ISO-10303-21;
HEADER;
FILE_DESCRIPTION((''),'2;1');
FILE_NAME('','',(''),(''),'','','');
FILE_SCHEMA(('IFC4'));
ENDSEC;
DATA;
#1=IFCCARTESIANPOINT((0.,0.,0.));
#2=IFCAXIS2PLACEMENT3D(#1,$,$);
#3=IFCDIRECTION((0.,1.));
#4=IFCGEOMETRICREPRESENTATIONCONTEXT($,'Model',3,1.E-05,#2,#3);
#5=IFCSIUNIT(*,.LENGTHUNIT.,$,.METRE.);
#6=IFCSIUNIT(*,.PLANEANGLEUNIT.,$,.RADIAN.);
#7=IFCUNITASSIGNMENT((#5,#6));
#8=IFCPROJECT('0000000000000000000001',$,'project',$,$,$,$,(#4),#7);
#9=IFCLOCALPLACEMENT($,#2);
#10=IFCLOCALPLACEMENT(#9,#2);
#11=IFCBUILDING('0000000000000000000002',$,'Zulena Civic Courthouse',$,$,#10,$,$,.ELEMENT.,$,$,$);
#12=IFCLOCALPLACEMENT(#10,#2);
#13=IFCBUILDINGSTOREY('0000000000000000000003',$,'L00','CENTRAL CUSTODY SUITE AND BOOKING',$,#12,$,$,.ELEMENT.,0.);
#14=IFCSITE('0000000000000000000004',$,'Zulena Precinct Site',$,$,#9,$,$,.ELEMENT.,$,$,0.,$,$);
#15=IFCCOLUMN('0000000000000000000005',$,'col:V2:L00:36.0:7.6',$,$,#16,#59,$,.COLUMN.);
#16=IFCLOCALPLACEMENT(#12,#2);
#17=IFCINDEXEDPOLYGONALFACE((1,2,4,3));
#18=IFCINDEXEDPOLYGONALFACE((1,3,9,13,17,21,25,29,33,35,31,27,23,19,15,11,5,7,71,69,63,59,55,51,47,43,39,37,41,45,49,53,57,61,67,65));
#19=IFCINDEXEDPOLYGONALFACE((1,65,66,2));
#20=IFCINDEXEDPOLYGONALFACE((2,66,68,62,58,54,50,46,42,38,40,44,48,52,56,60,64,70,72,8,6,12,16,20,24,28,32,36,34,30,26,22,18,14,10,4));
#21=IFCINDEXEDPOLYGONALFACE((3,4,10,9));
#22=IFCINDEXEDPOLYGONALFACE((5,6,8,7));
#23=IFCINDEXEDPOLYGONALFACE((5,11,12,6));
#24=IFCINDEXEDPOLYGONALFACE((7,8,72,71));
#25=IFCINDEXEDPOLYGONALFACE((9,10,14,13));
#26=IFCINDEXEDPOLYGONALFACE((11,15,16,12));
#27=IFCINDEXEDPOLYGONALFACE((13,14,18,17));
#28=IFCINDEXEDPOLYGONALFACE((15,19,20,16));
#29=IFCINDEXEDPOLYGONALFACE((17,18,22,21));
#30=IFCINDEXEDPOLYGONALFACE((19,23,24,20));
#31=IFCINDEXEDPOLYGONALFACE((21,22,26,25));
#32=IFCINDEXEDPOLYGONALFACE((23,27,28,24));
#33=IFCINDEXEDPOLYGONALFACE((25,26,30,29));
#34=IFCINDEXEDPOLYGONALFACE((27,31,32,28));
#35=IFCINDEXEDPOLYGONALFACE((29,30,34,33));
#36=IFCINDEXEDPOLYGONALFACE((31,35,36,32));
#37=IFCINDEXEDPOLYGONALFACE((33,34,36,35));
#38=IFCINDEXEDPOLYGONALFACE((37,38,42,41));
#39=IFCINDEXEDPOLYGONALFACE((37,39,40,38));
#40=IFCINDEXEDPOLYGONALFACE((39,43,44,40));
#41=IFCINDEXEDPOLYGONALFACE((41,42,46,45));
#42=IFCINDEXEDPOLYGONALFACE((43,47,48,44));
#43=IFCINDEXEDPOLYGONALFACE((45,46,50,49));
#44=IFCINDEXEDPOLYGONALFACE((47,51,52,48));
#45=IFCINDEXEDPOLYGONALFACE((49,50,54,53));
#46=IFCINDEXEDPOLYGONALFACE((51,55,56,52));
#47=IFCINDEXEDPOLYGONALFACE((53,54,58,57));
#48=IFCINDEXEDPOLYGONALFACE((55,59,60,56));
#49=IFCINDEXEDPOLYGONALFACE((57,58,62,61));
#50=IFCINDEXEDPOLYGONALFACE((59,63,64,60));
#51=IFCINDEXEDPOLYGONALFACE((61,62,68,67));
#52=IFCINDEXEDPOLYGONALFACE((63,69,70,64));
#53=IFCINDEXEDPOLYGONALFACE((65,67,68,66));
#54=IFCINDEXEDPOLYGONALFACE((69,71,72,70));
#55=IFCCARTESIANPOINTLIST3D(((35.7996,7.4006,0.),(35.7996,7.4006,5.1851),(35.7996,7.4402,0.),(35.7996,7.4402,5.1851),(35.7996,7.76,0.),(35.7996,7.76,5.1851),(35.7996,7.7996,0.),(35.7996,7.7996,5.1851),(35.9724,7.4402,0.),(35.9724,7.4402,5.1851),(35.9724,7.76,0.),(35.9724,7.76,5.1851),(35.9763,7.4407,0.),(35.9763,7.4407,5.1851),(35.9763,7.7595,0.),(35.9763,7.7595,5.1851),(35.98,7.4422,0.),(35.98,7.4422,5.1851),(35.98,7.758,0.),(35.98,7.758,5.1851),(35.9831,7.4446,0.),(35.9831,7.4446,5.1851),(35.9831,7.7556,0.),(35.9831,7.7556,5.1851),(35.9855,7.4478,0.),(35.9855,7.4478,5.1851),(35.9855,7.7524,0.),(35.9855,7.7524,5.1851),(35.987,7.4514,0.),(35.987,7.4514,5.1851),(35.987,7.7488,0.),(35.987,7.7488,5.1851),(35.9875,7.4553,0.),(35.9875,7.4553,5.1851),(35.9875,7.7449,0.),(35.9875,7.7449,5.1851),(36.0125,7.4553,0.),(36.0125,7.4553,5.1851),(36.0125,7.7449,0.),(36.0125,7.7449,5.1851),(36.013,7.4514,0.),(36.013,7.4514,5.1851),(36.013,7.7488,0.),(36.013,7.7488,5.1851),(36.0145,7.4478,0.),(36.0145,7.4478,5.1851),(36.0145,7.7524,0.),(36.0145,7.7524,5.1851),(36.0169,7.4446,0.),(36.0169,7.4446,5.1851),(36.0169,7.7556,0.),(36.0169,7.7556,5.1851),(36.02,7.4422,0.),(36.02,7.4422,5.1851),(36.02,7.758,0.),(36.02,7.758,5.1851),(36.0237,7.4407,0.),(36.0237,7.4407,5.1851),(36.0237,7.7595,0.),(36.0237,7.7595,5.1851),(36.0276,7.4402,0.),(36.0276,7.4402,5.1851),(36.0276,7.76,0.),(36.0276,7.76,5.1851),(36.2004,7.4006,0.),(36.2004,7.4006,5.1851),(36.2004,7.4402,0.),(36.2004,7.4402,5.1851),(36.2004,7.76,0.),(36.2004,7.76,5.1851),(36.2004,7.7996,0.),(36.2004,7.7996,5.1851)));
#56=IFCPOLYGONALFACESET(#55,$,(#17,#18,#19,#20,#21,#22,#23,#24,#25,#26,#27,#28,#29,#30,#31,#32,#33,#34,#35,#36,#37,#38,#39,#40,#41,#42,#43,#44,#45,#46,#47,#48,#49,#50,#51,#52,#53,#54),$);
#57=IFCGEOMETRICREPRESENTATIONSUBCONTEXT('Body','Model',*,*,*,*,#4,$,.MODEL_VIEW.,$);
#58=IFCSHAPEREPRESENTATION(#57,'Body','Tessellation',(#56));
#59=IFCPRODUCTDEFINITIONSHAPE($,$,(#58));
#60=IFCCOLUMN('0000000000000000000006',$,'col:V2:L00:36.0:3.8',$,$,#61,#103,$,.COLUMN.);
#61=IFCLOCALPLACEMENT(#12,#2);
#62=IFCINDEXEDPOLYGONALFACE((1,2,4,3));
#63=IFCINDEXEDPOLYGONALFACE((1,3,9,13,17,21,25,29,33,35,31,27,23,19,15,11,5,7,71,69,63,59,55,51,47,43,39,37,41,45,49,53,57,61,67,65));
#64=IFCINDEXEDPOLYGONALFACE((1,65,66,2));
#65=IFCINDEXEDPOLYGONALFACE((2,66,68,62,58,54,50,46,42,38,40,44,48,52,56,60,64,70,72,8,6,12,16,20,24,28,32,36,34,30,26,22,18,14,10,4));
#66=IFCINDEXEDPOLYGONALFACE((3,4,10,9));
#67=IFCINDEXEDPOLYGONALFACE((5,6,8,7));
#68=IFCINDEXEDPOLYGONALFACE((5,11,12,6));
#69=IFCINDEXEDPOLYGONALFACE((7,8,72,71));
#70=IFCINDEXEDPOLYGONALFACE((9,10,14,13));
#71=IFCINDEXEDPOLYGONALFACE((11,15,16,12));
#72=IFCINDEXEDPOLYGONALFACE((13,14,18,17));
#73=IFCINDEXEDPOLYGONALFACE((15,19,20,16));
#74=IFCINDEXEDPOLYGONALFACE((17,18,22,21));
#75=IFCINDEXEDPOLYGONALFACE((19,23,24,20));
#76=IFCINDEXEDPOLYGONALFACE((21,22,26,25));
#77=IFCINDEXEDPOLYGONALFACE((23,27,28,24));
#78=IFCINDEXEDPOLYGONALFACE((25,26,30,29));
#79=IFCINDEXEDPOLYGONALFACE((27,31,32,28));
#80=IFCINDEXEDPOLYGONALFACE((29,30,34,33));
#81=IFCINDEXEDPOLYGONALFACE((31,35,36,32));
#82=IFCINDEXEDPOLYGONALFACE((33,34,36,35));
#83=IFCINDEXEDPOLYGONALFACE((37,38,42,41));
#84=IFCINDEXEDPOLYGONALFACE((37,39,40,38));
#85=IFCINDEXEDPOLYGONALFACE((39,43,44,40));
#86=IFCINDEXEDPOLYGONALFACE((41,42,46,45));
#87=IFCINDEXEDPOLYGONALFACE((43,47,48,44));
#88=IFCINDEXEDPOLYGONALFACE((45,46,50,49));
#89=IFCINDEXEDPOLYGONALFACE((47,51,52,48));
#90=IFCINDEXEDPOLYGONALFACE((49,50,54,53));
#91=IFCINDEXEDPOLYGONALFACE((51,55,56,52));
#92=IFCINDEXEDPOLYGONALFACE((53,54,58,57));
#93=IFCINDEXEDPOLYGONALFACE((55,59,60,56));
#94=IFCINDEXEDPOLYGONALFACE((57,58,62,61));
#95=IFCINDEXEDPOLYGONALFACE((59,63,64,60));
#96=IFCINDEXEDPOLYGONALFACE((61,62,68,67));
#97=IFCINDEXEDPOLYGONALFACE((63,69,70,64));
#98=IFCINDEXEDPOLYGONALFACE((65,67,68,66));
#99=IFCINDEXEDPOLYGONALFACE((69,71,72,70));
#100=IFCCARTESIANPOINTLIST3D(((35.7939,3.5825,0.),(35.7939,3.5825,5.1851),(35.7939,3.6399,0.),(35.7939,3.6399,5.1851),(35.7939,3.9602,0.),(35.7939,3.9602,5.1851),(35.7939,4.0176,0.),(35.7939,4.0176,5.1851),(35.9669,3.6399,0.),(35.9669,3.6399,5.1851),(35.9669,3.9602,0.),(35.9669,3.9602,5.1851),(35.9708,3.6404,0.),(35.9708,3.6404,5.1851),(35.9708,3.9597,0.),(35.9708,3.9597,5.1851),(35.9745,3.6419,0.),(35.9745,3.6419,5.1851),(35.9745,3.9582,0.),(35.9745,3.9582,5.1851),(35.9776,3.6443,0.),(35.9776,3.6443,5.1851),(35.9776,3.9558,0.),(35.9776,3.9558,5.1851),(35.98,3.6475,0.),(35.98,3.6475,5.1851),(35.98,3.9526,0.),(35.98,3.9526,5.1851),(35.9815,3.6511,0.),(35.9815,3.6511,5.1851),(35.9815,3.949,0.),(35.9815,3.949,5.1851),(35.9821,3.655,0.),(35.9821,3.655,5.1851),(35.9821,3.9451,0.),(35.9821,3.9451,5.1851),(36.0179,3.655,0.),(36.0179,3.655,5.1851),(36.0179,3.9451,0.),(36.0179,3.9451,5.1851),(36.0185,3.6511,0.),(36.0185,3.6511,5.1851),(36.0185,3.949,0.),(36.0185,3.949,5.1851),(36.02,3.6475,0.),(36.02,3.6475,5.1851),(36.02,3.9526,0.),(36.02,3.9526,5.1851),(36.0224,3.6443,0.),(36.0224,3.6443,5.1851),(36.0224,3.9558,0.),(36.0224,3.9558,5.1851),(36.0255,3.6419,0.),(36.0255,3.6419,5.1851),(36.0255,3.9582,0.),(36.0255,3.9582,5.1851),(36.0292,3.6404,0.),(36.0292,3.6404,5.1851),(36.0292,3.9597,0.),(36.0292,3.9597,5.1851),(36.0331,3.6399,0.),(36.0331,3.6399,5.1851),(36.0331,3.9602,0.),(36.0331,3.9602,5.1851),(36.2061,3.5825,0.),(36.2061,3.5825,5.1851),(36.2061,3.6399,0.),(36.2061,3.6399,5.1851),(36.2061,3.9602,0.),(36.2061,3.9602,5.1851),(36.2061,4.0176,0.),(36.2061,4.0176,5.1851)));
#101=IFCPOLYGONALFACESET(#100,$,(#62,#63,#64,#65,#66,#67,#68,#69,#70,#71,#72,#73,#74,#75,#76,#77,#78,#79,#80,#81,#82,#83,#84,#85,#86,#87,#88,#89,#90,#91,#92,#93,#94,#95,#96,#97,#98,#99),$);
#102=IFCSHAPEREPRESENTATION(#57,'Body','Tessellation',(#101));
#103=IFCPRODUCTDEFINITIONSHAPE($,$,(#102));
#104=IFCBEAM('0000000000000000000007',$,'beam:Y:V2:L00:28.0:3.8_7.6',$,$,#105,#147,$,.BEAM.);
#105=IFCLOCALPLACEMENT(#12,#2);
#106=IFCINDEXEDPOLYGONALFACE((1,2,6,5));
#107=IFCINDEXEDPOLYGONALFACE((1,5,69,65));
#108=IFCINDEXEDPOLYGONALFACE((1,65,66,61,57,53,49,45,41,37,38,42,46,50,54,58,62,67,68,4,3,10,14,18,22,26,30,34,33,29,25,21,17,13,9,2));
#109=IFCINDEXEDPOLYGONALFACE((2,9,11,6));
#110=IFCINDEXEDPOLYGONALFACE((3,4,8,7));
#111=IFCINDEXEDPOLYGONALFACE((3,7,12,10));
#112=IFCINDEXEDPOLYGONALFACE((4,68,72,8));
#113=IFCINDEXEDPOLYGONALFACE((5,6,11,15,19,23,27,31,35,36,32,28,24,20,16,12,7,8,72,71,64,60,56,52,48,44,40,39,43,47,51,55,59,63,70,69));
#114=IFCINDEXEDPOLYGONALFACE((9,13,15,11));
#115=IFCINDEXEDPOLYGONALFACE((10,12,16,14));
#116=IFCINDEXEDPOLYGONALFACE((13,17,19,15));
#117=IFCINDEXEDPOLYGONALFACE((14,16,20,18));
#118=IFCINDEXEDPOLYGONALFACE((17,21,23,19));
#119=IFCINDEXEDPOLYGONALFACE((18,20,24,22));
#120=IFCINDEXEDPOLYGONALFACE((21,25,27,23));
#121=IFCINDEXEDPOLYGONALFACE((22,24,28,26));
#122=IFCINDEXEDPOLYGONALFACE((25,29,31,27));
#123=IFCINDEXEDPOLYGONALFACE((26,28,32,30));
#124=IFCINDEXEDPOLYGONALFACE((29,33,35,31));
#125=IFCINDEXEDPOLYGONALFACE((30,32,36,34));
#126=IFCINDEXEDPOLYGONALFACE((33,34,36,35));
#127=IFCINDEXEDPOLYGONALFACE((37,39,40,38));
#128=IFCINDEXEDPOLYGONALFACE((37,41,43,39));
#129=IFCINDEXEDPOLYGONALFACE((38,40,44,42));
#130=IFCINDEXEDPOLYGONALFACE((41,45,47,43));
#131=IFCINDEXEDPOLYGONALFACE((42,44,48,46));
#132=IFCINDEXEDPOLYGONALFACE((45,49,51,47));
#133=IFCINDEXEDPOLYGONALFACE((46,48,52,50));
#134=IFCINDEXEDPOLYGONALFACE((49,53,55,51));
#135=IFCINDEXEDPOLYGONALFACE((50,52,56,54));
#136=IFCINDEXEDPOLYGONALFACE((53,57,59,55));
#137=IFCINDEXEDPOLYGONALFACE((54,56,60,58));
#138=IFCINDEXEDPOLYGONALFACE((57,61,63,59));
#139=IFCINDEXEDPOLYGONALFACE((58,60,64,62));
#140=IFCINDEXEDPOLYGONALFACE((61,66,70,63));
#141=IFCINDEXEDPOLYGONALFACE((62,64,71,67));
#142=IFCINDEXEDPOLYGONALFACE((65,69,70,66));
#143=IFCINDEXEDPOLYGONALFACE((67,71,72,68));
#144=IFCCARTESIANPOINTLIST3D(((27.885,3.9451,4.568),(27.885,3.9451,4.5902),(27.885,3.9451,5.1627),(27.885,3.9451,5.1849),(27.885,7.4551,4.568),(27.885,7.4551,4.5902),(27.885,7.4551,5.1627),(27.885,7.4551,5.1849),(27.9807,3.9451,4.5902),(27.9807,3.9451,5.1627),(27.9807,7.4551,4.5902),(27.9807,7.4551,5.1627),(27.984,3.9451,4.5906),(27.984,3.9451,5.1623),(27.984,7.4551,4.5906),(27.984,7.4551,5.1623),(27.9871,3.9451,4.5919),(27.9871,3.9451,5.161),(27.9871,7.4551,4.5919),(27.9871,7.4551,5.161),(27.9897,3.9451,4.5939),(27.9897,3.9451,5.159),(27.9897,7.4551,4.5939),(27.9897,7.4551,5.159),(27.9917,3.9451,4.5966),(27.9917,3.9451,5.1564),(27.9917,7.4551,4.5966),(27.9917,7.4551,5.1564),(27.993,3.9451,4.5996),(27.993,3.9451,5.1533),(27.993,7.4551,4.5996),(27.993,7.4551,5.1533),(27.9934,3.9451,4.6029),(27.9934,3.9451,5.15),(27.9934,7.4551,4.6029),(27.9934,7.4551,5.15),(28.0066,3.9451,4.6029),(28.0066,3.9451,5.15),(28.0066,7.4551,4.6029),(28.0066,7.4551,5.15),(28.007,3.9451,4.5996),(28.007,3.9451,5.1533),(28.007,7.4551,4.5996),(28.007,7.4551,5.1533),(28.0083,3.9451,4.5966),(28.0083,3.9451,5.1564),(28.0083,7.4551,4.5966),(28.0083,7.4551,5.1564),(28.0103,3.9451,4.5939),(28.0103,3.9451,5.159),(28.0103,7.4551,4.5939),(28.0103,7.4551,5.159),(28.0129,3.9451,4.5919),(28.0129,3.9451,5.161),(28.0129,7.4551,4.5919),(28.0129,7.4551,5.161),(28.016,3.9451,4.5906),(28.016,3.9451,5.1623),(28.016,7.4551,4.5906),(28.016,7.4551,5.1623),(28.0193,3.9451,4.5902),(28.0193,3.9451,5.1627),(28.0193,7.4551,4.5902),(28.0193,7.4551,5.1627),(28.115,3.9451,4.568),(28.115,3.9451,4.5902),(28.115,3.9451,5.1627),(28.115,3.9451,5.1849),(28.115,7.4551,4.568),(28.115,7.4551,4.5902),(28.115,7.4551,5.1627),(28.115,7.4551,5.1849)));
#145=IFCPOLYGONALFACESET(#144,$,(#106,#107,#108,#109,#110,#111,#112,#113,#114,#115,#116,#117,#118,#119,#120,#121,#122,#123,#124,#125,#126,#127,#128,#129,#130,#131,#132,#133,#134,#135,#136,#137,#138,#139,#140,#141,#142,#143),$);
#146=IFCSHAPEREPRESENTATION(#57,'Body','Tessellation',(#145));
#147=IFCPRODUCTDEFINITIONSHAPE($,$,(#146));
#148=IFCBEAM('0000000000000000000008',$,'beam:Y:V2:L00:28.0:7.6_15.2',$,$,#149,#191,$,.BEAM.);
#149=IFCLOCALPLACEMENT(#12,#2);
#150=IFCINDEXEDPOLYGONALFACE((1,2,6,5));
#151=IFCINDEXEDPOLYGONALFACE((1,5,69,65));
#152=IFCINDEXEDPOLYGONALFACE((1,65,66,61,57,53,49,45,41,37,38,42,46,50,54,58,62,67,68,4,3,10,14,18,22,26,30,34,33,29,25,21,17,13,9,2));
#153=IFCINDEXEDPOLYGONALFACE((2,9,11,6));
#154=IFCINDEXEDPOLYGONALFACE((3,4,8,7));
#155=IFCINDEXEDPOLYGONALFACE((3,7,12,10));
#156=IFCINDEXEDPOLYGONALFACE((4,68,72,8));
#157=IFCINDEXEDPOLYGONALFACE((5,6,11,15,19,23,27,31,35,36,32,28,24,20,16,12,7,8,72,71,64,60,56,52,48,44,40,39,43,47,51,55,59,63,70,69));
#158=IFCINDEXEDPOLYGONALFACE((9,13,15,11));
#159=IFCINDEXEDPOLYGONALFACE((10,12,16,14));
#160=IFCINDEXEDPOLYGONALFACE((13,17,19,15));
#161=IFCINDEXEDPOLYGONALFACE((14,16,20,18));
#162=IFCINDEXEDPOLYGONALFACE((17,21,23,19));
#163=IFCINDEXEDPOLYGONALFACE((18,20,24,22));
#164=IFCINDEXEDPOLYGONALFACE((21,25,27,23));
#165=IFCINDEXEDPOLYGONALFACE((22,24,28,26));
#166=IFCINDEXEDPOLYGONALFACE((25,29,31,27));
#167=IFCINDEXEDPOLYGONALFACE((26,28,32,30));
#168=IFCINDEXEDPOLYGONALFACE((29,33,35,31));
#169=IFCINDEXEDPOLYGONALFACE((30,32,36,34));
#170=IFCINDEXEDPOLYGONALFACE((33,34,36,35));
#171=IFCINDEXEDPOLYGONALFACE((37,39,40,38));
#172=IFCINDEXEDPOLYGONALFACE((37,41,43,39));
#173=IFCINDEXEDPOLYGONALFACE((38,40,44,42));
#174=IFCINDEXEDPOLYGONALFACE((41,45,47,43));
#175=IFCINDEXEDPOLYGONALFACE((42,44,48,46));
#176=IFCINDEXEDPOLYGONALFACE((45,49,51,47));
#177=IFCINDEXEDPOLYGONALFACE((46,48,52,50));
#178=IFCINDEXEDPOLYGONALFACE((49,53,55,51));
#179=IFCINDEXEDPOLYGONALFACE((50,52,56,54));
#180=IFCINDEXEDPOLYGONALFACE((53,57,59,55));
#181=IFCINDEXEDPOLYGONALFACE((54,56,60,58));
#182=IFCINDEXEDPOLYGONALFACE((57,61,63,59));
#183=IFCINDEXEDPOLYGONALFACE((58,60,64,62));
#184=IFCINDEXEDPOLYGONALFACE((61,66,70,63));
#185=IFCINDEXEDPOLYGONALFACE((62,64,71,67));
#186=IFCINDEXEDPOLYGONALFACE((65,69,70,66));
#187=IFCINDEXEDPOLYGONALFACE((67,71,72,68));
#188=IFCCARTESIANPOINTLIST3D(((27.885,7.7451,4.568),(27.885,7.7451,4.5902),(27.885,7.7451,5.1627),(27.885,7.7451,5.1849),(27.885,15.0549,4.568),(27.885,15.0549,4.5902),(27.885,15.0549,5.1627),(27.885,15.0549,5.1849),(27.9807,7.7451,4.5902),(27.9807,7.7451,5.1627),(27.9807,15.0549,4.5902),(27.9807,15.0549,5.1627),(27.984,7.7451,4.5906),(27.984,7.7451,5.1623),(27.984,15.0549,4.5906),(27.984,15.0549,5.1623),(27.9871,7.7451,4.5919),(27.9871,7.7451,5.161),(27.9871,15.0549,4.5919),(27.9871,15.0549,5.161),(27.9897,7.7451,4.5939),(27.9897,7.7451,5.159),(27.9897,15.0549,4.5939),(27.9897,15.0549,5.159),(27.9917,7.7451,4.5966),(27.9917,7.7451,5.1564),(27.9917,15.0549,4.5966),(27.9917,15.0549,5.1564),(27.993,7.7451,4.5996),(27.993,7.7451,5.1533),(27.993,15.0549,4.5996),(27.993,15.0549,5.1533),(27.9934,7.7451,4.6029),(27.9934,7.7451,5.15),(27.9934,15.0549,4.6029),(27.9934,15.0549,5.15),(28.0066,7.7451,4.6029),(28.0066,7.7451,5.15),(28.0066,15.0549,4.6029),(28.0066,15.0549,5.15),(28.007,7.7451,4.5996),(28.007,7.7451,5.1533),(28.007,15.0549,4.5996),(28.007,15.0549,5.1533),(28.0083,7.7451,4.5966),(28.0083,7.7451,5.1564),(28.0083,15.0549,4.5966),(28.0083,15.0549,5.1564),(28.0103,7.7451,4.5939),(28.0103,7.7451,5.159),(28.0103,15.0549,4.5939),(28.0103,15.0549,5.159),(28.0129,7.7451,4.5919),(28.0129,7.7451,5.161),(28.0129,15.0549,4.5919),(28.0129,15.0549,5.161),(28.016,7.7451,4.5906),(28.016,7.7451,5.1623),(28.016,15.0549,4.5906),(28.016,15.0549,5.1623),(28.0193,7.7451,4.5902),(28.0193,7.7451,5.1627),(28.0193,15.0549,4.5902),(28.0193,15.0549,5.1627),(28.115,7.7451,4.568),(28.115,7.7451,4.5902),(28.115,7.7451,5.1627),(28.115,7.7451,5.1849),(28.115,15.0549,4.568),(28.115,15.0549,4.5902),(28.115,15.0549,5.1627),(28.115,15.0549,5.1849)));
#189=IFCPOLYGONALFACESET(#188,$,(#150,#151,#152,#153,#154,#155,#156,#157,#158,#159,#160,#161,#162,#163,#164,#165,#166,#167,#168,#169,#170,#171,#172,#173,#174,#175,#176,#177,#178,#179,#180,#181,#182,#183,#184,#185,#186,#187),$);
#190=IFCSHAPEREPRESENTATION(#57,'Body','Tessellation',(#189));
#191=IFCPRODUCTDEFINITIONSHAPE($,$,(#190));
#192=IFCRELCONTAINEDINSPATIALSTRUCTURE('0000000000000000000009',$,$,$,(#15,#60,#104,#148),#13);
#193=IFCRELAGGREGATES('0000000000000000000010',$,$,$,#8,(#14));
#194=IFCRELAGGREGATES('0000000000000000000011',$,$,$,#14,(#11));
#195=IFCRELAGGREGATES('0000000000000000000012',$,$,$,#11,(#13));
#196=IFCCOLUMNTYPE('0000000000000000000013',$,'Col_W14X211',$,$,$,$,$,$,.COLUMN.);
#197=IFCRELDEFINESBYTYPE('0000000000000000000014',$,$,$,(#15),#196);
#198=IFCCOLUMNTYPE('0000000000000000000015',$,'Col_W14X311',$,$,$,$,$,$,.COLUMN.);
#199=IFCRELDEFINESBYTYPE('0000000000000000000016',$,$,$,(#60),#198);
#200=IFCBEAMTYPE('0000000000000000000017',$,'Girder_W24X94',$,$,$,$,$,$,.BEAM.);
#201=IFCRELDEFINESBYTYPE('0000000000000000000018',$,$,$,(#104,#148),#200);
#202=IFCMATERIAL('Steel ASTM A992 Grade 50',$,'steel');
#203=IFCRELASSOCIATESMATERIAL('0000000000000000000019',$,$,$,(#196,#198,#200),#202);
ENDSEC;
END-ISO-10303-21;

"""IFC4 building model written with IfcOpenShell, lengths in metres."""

from ifc_helpers import new_model, si_unit, direction, frame, origin, origin_2d, place, context, subcontext, project, spatial, i_section, extrude, material, material_profile, profile_set, type_object, element, save


model = new_model("IFC4")

# Units and contexts
model_context = context("Model", 3, precision=1e-05, world=origin(), true_north=direction((0.0, 1.0)))
body_context = subcontext(model_context, "Body", "Model", "MODEL_VIEW")
ifc_project = project(units=[si_unit("LENGTHUNIT", "METRE"), si_unit("PLANEANGLEUNIT", "RADIAN")], contexts=[model_context])

# Site, building, storey
site_placement = place(None, origin())
site = spatial("IfcSite", under=ifc_project, at=site_placement, Name="Zulena Precinct Site", CompositionType="ELEMENT", RefElevation=0.0)
building_placement = place(site_placement, origin())
building = spatial("IfcBuilding", under=site, at=building_placement, Name="Zulena Civic Courthouse", CompositionType="ELEMENT")
storey_placement = place(building_placement, origin())
storey = spatial("IfcBuildingStorey", under=building, at=storey_placement, Name="L00", Description="CENTRAL CUSTODY SUITE AND BOOKING", CompositionType="ELEMENT", Elevation=0.0)

# Columns
ifc_material_1 = material(Name="Steel ASTM A992 Grade 50", Category="steel")
ifc_material_profile_1 = material_profile(ifc_material_1, i_section(OverallWidth=0.4009, OverallDepth=0.3989, WebThickness=0.0249, FlangeThickness=0.0396, FilletRadius=0.0151, at=origin_2d()), Name="W14X211")
ifc_profile_set_1 = profile_set([ifc_material_profile_1], Name="Steel ASTM A992 Grade 50")
column_type_1 = type_object("IfcColumnType", Name="Col_W14X211", PredefinedType="COLUMN", material=ifc_profile_set_1)
for number, where, z_axis, x_axis, name in (
    (1, (36.0, 7.6001, 0.0), (0.0, 0.0, 1.0), (1.0, 0.0, 0.0), "col:V2:L00:36.0:7.6"),
):
    element("IfcColumn", number, at=place(storey_placement, frame(where, z_axis=z_axis, x_axis=x_axis)), inside=storey, type_object=column_type_1, Name=name, PredefinedType="COLUMN", context=body_context, shape_type="SweptSolid", body=[
        extrude(i_section(OverallWidth=0.4009, OverallDepth=0.3989, WebThickness=0.0249, FlangeThickness=0.0396, FilletRadius=0.0151, at=origin_2d()), origin(), (0.0, 0.0, 1.0), 5.1851),
    ])
ifc_material_profile_2 = material_profile(ifc_material_1, i_section(OverallWidth=0.4121, OverallDepth=0.4351, WebThickness=0.0359, FlangeThickness=0.0574, FilletRadius=0.0151, at=origin_2d()), Name="W14X311")
ifc_profile_set_2 = profile_set([ifc_material_profile_2], Name="Steel ASTM A992 Grade 50")
column_type_2 = type_object("IfcColumnType", Name="Col_W14X311", PredefinedType="COLUMN", material=ifc_profile_set_2)
column_1_placement = place(storey_placement, frame((36.0, 3.8, 0.0), z_axis=(0.0, 0.0, 1.0), x_axis=(1.0, 0.0, 0.0)))
element("IfcColumn", 2, at=column_1_placement, inside=storey, type_object=column_type_2, Name="col:V2:L00:36.0:3.8", PredefinedType="COLUMN", context=body_context, shape_type="SweptSolid", body=[
    extrude(i_section(OverallWidth=0.4121, OverallDepth=0.4351, WebThickness=0.0359, FlangeThickness=0.0574, FilletRadius=0.0151, at=origin_2d()), origin(), (0.0, 0.0, 1.0), 5.1851),
])

# Beams
ifc_material_profile_3 = material_profile(ifc_material_1, i_section(OverallWidth=0.23, OverallDepth=0.6169, WebThickness=0.0132, FlangeThickness=0.0222, FilletRadius=0.0127, at=origin_2d()), Name="W24X94")
ifc_profile_set_3 = profile_set([ifc_material_profile_3], Name="Steel ASTM A992 Grade 50")
beam_type_1 = type_object("IfcBeamType", Name="Girder_W24X94", PredefinedType="BEAM", material=ifc_profile_set_3)
beam_1_placement = place(storey_placement, frame((28.0, 3.9451, 4.8765), z_axis=(0.0, 1.0, 0.0), x_axis=(-1.0, 0.0, 0.0)))
element("IfcBeam", 3, at=beam_1_placement, inside=storey, type_object=beam_type_1, Name="beam:Y:V2:L00:28.0:3.8_7.6", PredefinedType="BEAM", context=body_context, shape_type="SweptSolid", body=[
    extrude(i_section(OverallWidth=0.23, OverallDepth=0.6169, WebThickness=0.0132, FlangeThickness=0.0222, FilletRadius=0.0127, at=origin_2d()), origin(), (0.0, 0.0, 1.0), 3.51),
])
beam_2_placement = place(storey_placement, frame((28.0, 7.7451, 4.8765), z_axis=(0.0, 1.0, 0.0), x_axis=(-1.0, 0.0, 0.0)))
element("IfcBeam", 4, at=beam_2_placement, inside=storey, type_object=beam_type_1, Name="beam:Y:V2:L00:28.0:7.6_15.2", PredefinedType="BEAM", context=body_context, shape_type="SweptSolid", body=[
    extrude(i_section(OverallWidth=0.23, OverallDepth=0.6169, WebThickness=0.0132, FlangeThickness=0.0222, FilletRadius=0.0127, at=origin_2d()), origin(), (0.0, 0.0, 1.0), 7.3098),
])

save(model, "model.ifc")
